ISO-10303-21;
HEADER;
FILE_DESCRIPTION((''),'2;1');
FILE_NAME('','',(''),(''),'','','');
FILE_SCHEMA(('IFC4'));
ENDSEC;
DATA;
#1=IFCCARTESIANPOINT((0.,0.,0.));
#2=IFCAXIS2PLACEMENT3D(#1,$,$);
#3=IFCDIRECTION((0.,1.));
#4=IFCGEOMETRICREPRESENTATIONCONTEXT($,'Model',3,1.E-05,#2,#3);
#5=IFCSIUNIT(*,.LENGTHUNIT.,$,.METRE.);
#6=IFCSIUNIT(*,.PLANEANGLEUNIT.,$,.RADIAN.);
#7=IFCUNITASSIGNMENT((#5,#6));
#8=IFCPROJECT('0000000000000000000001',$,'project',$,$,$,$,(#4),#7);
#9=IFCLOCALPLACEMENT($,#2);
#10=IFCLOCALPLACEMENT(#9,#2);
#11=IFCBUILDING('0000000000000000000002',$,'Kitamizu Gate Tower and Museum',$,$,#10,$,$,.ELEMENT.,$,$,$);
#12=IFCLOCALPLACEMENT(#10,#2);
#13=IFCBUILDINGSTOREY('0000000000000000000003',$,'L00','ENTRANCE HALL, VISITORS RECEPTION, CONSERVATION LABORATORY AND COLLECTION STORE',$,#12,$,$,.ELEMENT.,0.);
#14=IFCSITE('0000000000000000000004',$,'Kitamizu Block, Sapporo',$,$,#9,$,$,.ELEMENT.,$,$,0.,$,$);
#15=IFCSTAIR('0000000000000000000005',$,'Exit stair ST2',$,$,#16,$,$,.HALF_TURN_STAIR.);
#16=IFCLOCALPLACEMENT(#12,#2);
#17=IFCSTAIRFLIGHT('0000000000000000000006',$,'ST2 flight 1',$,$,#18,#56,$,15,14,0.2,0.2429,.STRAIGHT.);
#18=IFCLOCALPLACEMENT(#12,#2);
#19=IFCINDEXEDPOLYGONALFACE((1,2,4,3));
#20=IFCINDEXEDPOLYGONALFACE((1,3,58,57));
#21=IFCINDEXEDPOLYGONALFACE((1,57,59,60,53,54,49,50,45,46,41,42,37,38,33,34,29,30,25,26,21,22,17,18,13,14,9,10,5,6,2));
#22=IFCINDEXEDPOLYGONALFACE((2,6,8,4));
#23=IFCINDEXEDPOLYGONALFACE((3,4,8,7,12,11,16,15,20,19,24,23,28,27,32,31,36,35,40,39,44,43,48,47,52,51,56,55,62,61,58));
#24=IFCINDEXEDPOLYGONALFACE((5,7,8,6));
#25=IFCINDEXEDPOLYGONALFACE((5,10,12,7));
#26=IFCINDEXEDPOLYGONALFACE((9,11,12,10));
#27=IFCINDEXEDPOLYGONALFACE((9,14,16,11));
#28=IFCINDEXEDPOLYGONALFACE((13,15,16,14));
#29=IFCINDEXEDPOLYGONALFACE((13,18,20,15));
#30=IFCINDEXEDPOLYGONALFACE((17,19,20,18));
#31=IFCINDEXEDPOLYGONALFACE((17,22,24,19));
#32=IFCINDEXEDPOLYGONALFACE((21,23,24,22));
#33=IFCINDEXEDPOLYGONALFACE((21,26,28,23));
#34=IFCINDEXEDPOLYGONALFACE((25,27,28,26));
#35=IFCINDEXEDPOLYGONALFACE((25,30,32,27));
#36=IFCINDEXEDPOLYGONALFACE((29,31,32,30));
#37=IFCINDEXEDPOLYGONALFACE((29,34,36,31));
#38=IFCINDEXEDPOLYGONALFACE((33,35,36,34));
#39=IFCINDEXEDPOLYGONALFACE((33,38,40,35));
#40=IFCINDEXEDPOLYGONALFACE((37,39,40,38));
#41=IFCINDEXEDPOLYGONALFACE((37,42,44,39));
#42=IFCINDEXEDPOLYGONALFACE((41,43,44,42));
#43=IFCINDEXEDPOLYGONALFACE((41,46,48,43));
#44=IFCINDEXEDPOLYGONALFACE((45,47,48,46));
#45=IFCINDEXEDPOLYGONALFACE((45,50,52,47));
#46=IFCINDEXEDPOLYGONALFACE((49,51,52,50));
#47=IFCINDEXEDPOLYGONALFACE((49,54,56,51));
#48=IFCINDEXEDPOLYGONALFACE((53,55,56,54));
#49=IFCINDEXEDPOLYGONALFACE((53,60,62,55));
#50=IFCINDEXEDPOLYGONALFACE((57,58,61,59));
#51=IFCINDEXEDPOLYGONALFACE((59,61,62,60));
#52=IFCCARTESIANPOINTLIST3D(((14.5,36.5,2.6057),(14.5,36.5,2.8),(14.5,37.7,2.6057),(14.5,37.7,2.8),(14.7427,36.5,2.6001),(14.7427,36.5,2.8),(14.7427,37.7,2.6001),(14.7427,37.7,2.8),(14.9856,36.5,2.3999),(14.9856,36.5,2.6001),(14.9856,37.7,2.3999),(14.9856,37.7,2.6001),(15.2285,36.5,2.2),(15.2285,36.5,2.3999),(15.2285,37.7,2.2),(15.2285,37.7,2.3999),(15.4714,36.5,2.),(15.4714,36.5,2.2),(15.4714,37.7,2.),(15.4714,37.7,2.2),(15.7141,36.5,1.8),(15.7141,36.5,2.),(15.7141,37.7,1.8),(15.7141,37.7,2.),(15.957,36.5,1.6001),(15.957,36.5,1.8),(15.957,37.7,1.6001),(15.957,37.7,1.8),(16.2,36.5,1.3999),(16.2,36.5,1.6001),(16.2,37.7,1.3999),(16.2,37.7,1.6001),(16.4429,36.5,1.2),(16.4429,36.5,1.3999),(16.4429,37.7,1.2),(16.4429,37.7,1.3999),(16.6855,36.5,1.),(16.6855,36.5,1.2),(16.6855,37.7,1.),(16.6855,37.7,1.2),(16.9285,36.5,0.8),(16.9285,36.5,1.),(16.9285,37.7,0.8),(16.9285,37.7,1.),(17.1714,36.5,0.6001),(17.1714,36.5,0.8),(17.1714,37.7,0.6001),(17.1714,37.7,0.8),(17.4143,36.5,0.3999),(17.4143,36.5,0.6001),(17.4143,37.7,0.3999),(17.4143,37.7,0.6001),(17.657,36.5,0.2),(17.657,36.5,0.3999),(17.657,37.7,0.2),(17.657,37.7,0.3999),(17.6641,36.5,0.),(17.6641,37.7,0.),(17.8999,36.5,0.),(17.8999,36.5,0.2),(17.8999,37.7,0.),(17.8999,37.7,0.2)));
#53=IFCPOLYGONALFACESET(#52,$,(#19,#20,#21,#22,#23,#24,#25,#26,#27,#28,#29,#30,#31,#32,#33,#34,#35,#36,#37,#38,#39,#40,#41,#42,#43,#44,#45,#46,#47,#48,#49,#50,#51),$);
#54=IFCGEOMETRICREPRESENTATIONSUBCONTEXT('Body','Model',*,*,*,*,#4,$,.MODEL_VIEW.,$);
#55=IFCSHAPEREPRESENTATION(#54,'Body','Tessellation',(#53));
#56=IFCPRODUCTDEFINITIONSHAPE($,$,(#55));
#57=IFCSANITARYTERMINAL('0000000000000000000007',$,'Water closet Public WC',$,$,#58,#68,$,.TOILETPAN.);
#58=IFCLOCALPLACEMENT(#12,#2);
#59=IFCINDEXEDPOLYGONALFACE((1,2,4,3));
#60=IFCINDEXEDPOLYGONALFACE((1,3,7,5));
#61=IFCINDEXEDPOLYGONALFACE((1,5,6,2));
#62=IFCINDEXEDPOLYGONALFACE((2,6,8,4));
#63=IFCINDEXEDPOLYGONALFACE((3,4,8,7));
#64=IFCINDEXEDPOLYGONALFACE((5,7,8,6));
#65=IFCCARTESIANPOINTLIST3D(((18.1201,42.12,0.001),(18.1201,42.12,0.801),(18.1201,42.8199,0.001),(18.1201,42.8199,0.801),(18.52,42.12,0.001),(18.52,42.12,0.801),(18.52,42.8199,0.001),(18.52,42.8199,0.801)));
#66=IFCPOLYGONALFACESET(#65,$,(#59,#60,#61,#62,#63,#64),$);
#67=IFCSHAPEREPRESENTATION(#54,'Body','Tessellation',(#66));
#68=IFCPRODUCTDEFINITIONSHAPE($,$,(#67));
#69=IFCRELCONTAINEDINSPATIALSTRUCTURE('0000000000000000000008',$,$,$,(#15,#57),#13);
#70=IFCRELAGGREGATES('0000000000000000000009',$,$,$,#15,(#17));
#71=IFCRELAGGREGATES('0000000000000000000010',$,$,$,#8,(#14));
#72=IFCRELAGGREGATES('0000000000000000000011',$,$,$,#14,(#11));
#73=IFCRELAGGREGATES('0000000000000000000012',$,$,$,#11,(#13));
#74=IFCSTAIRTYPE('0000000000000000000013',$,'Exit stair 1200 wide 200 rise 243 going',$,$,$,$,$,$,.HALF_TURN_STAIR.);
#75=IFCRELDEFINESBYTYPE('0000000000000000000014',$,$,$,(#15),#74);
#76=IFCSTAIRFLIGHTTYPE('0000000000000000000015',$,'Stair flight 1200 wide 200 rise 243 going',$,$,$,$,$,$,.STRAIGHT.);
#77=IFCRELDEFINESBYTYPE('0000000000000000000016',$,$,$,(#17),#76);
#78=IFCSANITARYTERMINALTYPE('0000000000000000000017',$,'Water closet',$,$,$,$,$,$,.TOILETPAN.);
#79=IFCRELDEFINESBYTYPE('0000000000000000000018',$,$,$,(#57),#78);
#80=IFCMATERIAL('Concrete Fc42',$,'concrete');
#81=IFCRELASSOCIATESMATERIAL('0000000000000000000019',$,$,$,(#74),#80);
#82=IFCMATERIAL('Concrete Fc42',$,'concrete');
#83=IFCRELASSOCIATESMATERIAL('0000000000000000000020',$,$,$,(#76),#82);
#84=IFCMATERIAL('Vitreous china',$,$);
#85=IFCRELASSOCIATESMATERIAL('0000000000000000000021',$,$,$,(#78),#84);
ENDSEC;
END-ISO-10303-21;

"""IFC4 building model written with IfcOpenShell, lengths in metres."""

from ifc_helpers import new_model, si_unit, direction, frame, origin, origin_2d, place, context, subcontext, project, spatial, polyline, rectangle, outline, extrude, material, type_object, element, aggregate, save


model = new_model("IFC4")

# Units and contexts
model_context = context("Model", 3, precision=1e-05, world=origin(), true_north=direction((0.0, 1.0)))
body_context = subcontext(model_context, "Body", "Model", "MODEL_VIEW")
ifc_project = project(units=[si_unit("LENGTHUNIT", "METRE"), si_unit("PLANEANGLEUNIT", "RADIAN")], contexts=[model_context])

# Site, building, storey
site_placement = place(None, origin())
site = spatial("IfcSite", under=ifc_project, at=site_placement, Name="Kitamizu Block, Sapporo", CompositionType="ELEMENT", RefElevation=0.0)
building_placement = place(site_placement, origin())
building = spatial("IfcBuilding", under=site, at=building_placement, Name="Kitamizu Gate Tower and Museum", CompositionType="ELEMENT")
storey_placement = place(building_placement, origin())
storey = spatial("IfcBuildingStorey", under=building, at=storey_placement, Name="L00", Description="ENTRANCE HALL, VISITORS RECEPTION, CONSERVATION LABORATORY AND COLLECTION STORE", CompositionType="ELEMENT", Elevation=0.0)

# Stair, stair flight
ifc_material_1 = material(Name="Concrete Fc42", Category="concrete")
stair_type = type_object("IfcStairType", Name="Exit stair 1200 wide 200 rise 243 going", PredefinedType="HALF_TURN_STAIR", material=ifc_material_1)
stair_placement = place(storey_placement, origin())
stair = element("IfcStair", 1, at=stair_placement, inside=storey, type_object=stair_type, Name="Exit stair ST2", PredefinedType="HALF_TURN_STAIR")
ifc_material_2 = material(Name="Concrete Fc42", Category="concrete")
stair_flight_type = type_object("IfcStairFlightType", Name="Stair flight 1200 wide 200 rise 243 going", PredefinedType="STRAIGHT", material=ifc_material_2)
stair_flight_placement = place(storey_placement, frame((17.8999, 37.1001, 0.0), z_axis=(0.0, 0.0, 1.0), x_axis=(-1.0, 0.0, 0.0)))
stair_flight = element("IfcStairFlight", 2, at=stair_flight_placement, type_object=stair_flight_type, Name="ST2 flight 1", NumberOfRisers=15, NumberOfTreads=14, PredefinedType="STRAIGHT", RiserHeight=0.2, TreadLength=0.2429, context=body_context, shape_type="SweptSolid", body=[
    extrude(outline(polyline([(0.0, 0.0), (0.0, 0.2), (0.2429, 0.2), (0.2429, 0.3999), (0.4856, 0.3999), (0.4856, 0.6001), (0.7285, 0.6001), (0.7285, 0.8), (0.9714, 0.8), (0.9714, 1.0), (1.2144, 1.0), (1.2144, 1.2), (1.457, 1.2), (1.457, 1.3999), (1.7, 1.3999), (1.7, 1.6001), (1.9429, 1.6001), (1.9429, 1.8), (2.1858, 1.8), (2.1858, 2.0), (2.4285, 2.0), (2.4285, 2.2), (2.6714, 2.2), (2.6714, 2.3999), (2.9143, 2.3999), (2.9143, 2.6001), (3.1572, 2.6001), (3.1572, 2.8), (3.3999, 2.8), (3.3999, 3.0), (3.3999, 2.6057), (0.2358, 0.0), (0.0, 0.0)])), frame((0.0, 0.6001, 0.0), z_axis=(0.0, -1.0, 0.0), x_axis=(1.0, 0.0, 0.0)), (0.0, 0.0, 1.0), 1.2),
])
aggregate(stair, [stair_flight])

# Sanitary terminal
ifc_material_3 = material(Name="Vitreous china")
sanitary_terminal_type = type_object("IfcSanitaryTerminalType", Name="Water closet", PredefinedType="TOILETPAN", material=ifc_material_3)
sanitary_terminal_placement = place(storey_placement, frame((18.3201, 42.47, 0.001), z_axis=(0.0, 0.0, 1.0), x_axis=(1.0, 0.0, 0.0)))
element("IfcSanitaryTerminal", 3, at=sanitary_terminal_placement, inside=storey, type_object=sanitary_terminal_type, Name="Water closet Public WC", PredefinedType="TOILETPAN", context=body_context, shape_type="SweptSolid", body=[
    extrude(rectangle(XDim=0.3999, YDim=0.7, at=origin_2d()), origin(), (0.0, 0.0, 1.0), 0.8),
])

save(model, "model.ifc")
